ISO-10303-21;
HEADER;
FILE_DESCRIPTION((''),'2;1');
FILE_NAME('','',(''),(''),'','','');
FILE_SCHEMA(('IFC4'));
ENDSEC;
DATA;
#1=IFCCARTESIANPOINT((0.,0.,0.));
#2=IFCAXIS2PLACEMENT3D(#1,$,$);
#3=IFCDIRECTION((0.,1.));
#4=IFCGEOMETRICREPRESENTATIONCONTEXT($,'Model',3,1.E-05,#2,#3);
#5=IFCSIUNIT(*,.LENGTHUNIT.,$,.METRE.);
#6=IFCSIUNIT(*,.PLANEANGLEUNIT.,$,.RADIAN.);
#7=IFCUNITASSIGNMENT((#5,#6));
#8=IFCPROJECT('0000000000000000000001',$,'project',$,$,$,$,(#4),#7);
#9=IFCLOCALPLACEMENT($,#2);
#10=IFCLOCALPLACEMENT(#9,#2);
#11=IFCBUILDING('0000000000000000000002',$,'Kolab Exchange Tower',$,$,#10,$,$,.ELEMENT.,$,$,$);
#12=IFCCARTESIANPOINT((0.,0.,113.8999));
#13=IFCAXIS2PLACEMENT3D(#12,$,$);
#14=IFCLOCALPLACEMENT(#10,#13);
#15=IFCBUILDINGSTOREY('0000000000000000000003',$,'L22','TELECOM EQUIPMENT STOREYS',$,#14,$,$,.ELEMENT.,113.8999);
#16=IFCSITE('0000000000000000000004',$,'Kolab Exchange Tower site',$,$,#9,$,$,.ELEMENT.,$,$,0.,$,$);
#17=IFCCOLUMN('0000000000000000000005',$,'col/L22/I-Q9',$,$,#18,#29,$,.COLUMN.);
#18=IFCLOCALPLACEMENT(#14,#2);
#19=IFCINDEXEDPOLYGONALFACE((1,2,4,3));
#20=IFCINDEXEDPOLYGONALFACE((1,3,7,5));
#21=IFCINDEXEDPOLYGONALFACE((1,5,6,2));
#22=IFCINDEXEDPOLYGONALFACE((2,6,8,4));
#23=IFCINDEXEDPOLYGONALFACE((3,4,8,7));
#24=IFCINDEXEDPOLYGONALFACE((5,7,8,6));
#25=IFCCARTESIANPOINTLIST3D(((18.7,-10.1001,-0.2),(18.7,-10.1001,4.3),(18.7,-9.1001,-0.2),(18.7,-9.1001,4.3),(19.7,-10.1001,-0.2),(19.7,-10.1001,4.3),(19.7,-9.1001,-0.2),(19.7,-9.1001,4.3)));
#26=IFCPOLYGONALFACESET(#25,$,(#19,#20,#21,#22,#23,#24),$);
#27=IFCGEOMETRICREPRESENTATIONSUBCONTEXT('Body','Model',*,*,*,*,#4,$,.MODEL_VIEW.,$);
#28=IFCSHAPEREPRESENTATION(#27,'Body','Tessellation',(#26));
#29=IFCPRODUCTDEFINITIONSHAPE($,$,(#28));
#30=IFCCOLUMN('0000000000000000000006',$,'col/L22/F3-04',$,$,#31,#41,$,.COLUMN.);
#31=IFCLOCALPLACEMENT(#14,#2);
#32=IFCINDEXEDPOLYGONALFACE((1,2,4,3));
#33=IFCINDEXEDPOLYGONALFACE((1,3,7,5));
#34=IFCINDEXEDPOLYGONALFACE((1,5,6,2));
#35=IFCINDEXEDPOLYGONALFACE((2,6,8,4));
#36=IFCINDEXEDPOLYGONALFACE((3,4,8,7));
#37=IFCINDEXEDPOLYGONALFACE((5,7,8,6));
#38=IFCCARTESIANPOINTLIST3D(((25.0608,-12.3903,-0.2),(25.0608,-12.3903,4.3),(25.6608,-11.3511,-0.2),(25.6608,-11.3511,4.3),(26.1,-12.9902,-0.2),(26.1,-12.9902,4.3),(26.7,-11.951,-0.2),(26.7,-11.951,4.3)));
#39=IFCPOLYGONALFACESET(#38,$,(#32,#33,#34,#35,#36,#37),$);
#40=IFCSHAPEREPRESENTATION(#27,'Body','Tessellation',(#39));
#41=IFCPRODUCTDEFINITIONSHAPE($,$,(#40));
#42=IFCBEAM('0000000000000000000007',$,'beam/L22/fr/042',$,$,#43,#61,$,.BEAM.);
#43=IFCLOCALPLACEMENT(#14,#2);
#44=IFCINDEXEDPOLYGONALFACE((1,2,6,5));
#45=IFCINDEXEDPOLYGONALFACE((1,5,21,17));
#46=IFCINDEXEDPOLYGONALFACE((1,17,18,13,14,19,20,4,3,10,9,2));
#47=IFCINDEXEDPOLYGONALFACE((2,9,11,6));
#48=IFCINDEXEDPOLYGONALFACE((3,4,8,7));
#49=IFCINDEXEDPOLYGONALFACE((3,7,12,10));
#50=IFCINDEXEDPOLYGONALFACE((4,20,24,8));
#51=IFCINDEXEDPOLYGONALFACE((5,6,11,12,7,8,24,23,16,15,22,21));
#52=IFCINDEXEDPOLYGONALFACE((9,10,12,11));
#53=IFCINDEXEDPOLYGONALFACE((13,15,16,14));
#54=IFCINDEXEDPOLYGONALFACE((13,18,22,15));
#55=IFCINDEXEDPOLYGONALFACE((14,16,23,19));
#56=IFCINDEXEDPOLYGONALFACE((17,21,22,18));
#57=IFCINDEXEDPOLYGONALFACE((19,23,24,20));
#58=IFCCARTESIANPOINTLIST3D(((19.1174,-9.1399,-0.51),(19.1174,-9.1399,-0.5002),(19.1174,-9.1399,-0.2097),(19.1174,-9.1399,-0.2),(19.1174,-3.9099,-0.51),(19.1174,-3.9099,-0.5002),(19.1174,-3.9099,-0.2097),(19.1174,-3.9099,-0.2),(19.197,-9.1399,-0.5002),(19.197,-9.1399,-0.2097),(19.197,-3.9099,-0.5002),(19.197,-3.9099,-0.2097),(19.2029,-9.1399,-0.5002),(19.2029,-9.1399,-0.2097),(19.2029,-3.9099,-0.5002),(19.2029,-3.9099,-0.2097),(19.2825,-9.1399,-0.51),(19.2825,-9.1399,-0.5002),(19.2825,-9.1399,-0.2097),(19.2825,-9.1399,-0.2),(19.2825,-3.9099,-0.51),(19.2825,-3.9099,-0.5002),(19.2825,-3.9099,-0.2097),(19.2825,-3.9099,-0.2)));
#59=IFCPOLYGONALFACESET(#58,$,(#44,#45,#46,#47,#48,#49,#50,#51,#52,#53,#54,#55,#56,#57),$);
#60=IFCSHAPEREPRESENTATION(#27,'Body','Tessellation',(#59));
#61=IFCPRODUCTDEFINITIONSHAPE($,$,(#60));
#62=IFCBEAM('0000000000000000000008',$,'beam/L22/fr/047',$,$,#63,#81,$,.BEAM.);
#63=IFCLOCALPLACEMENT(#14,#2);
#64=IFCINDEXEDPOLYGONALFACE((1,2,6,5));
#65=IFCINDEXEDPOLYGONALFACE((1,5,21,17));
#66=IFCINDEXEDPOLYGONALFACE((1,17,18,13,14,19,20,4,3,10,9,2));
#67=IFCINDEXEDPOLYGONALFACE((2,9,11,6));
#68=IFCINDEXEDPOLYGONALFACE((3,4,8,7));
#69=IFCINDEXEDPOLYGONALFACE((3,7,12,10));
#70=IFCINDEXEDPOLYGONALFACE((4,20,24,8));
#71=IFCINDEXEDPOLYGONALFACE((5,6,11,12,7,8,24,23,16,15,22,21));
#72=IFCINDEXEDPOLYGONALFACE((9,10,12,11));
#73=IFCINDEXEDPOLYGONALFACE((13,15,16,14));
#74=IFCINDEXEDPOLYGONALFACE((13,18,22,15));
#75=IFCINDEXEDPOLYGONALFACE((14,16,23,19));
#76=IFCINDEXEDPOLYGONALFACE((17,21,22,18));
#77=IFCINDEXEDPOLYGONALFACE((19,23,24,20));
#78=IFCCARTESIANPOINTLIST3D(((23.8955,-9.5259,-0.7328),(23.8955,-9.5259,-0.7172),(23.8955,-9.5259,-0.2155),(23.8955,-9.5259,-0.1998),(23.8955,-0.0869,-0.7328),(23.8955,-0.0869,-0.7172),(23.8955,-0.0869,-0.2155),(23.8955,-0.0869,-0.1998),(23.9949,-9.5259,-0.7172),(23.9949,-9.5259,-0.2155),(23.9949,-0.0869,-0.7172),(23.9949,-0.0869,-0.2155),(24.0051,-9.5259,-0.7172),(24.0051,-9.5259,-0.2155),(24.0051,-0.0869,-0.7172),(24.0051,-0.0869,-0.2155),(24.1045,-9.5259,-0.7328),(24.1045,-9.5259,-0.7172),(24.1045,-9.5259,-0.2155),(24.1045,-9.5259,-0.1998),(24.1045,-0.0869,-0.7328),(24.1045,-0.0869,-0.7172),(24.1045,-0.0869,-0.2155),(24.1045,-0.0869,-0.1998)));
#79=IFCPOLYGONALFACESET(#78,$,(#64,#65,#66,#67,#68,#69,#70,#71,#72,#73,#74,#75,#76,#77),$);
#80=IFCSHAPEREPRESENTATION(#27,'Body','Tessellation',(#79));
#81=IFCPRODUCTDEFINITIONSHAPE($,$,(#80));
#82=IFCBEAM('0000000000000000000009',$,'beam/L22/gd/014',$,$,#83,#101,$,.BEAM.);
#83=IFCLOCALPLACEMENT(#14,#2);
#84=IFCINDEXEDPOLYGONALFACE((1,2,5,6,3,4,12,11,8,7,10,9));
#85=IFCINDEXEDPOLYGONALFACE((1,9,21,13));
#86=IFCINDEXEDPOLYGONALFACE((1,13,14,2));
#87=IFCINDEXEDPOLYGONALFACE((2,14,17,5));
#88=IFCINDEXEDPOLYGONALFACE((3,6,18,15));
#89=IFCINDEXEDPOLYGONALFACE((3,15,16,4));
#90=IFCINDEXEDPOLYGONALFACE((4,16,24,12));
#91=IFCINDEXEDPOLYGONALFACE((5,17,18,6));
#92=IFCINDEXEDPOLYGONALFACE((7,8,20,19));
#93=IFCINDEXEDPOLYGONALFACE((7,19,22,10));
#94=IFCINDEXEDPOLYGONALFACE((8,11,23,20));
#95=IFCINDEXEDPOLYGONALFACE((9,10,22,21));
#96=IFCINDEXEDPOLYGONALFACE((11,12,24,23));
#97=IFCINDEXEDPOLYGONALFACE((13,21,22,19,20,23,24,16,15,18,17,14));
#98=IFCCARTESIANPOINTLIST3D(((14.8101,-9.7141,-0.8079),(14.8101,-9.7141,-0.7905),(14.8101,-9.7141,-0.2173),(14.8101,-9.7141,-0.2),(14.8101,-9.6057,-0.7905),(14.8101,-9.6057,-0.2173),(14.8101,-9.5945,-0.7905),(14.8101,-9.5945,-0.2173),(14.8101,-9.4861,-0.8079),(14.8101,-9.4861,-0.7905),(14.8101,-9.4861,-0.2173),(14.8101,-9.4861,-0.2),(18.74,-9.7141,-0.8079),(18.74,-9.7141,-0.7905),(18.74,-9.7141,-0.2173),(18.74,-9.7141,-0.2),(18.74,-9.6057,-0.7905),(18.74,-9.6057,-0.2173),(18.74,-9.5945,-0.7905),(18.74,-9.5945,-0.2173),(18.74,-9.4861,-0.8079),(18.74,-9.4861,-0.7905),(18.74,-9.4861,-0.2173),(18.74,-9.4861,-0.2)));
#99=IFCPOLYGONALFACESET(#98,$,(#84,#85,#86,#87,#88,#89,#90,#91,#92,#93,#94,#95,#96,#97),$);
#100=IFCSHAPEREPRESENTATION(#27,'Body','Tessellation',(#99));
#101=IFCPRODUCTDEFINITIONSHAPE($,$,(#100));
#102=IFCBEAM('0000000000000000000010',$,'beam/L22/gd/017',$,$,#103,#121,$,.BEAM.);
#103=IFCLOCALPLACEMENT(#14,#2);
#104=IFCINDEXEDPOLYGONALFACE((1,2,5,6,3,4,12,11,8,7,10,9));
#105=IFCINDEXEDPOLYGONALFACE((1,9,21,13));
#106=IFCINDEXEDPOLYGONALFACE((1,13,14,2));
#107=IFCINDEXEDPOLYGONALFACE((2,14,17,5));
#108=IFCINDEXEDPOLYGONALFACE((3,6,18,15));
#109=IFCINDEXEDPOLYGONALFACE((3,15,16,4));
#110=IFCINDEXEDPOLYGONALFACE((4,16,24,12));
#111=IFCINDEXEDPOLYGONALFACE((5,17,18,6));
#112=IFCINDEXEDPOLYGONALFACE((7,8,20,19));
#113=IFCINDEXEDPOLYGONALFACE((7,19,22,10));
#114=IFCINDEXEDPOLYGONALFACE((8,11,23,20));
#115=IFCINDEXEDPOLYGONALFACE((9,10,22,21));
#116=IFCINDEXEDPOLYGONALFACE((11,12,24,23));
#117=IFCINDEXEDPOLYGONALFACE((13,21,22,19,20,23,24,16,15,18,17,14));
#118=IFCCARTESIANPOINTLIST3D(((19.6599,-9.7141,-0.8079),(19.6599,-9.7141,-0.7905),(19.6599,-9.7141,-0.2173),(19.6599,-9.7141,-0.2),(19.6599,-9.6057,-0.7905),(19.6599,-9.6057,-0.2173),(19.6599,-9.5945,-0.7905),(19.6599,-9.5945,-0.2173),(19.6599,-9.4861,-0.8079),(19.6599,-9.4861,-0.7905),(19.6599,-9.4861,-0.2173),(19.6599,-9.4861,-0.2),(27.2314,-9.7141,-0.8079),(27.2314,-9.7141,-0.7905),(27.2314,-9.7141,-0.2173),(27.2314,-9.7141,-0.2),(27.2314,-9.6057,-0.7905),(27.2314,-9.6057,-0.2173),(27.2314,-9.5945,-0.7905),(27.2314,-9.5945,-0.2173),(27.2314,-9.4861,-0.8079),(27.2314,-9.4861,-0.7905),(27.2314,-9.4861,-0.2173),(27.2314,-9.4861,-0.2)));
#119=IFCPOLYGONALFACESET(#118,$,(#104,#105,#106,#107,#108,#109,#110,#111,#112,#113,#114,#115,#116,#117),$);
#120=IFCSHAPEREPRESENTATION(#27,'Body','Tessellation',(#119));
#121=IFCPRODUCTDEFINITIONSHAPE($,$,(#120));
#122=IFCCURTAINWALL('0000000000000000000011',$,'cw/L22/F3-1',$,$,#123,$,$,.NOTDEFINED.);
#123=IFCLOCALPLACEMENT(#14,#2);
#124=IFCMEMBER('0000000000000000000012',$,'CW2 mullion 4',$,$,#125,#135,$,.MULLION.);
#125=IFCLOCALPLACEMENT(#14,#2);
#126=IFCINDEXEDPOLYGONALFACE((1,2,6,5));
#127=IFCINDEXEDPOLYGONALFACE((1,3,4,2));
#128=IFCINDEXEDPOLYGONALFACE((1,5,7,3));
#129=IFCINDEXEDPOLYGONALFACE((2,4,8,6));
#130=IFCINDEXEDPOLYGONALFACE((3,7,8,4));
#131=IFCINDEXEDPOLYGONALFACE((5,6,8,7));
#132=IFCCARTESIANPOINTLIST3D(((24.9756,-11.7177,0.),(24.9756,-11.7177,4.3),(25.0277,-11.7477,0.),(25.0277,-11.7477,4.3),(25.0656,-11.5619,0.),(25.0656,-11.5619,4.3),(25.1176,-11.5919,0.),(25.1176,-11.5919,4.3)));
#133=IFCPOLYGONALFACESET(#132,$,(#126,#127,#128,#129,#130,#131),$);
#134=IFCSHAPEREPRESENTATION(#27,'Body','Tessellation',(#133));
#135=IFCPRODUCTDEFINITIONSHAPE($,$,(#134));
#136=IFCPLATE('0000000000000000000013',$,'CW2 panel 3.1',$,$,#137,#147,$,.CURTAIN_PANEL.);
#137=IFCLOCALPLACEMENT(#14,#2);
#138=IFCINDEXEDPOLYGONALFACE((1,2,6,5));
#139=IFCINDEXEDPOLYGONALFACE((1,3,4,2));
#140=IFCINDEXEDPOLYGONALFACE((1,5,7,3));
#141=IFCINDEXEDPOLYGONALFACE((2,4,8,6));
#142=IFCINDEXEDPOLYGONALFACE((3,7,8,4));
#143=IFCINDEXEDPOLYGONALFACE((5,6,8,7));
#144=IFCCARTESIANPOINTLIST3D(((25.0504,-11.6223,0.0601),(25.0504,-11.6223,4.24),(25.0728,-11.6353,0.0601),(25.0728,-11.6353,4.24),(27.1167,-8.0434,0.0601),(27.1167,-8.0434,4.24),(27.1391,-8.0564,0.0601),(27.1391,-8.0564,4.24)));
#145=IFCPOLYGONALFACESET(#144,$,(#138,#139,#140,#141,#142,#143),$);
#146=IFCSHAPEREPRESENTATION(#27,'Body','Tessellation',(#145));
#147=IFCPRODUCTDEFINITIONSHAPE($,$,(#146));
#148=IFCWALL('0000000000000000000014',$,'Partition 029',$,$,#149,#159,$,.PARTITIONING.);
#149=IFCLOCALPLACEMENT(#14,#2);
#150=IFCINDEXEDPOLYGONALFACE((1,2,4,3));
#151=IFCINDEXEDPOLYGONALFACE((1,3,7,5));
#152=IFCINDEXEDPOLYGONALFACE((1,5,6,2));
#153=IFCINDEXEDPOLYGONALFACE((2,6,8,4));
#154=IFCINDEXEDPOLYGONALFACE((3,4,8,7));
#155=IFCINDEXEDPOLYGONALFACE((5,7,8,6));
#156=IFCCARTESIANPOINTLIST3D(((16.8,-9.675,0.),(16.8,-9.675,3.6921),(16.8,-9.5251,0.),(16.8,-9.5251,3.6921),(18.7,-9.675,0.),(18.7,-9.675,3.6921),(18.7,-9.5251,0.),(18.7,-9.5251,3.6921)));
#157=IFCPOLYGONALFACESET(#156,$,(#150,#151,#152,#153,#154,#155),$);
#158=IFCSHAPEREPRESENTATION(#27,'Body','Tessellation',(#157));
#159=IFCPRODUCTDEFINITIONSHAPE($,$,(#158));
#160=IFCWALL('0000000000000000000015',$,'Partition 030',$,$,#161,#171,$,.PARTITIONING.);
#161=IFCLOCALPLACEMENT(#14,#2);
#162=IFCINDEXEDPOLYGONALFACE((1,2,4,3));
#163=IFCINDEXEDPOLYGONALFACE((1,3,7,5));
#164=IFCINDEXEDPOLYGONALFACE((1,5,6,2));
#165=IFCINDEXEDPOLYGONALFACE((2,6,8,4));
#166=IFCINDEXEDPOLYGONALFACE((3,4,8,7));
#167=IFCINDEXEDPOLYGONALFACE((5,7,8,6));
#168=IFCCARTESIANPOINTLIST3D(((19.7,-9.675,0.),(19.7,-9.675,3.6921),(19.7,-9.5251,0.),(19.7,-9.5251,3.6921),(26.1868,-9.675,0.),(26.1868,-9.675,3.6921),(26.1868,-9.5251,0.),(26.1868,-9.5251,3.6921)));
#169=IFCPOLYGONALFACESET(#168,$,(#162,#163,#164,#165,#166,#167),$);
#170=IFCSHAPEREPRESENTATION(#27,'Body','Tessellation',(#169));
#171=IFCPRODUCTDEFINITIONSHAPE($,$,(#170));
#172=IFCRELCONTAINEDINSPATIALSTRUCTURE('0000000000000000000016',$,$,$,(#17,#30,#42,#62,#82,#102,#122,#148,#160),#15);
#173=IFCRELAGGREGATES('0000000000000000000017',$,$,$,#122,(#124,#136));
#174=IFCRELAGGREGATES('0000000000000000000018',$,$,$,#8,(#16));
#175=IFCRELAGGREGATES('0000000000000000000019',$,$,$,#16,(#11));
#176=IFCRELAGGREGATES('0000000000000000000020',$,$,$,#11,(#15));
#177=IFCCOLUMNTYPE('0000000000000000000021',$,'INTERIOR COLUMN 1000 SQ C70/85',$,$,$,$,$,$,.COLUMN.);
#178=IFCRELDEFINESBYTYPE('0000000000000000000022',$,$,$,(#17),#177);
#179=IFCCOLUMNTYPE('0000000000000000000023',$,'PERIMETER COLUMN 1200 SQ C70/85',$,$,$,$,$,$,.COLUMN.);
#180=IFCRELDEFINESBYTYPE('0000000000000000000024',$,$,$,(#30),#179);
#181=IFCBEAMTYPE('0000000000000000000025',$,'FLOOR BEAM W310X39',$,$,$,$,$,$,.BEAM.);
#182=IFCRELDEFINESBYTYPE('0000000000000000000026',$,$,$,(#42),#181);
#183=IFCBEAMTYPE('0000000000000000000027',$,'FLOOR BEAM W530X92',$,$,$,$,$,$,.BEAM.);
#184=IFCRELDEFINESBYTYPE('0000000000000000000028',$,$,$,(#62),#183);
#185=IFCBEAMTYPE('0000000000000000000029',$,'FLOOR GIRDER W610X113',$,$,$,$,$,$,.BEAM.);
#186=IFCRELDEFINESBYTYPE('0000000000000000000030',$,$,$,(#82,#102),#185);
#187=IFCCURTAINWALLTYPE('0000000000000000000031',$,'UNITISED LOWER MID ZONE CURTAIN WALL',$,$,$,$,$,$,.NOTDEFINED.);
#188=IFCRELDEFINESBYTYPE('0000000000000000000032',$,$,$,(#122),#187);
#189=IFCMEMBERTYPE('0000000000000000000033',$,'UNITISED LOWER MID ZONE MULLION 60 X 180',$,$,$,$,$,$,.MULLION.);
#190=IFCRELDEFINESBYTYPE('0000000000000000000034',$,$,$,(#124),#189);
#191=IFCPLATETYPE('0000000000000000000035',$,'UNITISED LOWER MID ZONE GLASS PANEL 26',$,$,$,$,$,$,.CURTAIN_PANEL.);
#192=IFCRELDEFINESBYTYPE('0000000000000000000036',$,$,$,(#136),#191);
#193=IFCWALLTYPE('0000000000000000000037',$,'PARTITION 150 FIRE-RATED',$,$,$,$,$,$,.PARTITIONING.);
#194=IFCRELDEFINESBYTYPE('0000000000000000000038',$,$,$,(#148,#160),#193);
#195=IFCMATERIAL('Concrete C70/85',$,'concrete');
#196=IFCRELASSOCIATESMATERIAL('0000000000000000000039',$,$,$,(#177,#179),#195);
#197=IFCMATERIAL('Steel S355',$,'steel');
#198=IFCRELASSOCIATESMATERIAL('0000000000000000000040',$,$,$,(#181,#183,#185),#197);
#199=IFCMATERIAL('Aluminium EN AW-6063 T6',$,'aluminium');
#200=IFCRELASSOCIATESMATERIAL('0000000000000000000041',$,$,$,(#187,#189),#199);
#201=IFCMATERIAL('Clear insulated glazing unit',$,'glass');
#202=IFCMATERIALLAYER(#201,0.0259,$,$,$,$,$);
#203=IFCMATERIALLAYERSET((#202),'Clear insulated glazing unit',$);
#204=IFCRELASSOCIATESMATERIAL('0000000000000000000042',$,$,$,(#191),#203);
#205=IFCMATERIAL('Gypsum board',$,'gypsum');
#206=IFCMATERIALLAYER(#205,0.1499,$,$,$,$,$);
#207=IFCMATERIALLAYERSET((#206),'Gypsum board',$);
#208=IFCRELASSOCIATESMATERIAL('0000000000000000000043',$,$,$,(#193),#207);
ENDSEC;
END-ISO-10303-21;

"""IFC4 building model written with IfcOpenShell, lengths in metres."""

from ifc_helpers import new_model, si_unit, direction, frame, frame_2d, origin, origin_2d, place, context, subcontext, project, spatial, rectangle, i_section, extrude, material, layer, layer_set, material_profile, profile_set, type_object, element, aggregate, save


model = new_model("IFC4")

# Units and contexts
model_context = context("Model", 3, precision=1e-05, world=origin(), true_north=direction((0.0, 1.0)))
body_context = subcontext(model_context, "Body", "Model", "MODEL_VIEW")
ifc_project = project(units=[si_unit("LENGTHUNIT", "METRE"), si_unit("PLANEANGLEUNIT", "RADIAN")], contexts=[model_context])

# Site, building, storey
site_placement = place(None, origin())
site = spatial("IfcSite", under=ifc_project, at=site_placement, Name="Kolab Exchange Tower site", CompositionType="ELEMENT", RefElevation=0.0)
building_placement = place(site_placement, origin())
building = spatial("IfcBuilding", under=site, at=building_placement, Name="Kolab Exchange Tower", CompositionType="ELEMENT")
storey_placement = place(building_placement, frame((0.0, 0.0, 113.8999)))
storey = spatial("IfcBuildingStorey", under=building, at=storey_placement, Name="L22", Description="TELECOM EQUIPMENT STOREYS", CompositionType="ELEMENT", Elevation=113.8999)

# Columns
ifc_material_1 = material(Name="Concrete C70/85", Category="concrete")
ifc_material_profile_1 = material_profile(ifc_material_1, rectangle(XDim=1.0, YDim=1.0, at=origin_2d()), Name="RC1000")
ifc_profile_set_1 = profile_set([ifc_material_profile_1], Name="Concrete C70/85")
column_type_1 = type_object("IfcColumnType", Name="INTERIOR COLUMN 1000 SQ C70/85", PredefinedType="COLUMN", material=ifc_profile_set_1)
column_1_placement = place(storey_placement, frame((19.2, -9.6001, -0.2), z_axis=(0.0, 0.0, 1.0), x_axis=(1.0, 0.0, 0.0)))
element("IfcColumn", 1, at=column_1_placement, inside=storey, type_object=column_type_1, Name="col/L22/I-Q9", PredefinedType="COLUMN", context=body_context, shape_type="SweptSolid", body=[
    extrude(rectangle(XDim=1.0, YDim=1.0, at=origin_2d()), origin(), (0.0, 0.0, 1.0), 4.5),
])
ifc_material_profile_2 = material_profile(ifc_material_1, rectangle(XDim=1.2, YDim=1.2, at=origin_2d()), Name="RC1200")
ifc_profile_set_2 = profile_set([ifc_material_profile_2], Name="Concrete C70/85")
column_type_2 = type_object("IfcColumnType", Name="PERIMETER COLUMN 1200 SQ C70/85", PredefinedType="COLUMN", material=ifc_profile_set_2)
column_2_placement = place(storey_placement, frame((25.8804, -12.1707, -0.2), z_axis=(0.0, 0.0, 1.0), x_axis=(0.5, 0.866025, 0.0)))
element("IfcColumn", 2, at=column_2_placement, inside=storey, type_object=column_type_2, Name="col/L22/F3-04", PredefinedType="COLUMN", context=body_context, shape_type="SweptSolid", body=[
    extrude(rectangle(XDim=1.2, YDim=1.2, at=origin_2d()), origin(), (0.0, 0.0, 1.0), 4.5),
])

# Beams
ifc_material_2 = material(Name="Steel S355", Category="steel")
ifc_material_profile_3 = material_profile(ifc_material_2, i_section(OverallWidth=0.165, OverallDepth=0.3101, WebThickness=0.0059, FlangeThickness=0.0098, at=origin_2d()), Name="W310X39")
ifc_profile_set_3 = profile_set([ifc_material_profile_3], Name="Steel S355")
beam_type_1 = type_object("IfcBeamType", Name="FLOOR BEAM W310X39", PredefinedType="BEAM", material=ifc_profile_set_3)
beam_1_placement = place(storey_placement, frame((19.2, -9.1399, -0.355), z_axis=(0.0, 1.0, 0.0), x_axis=(-1.0, 0.0, 0.0)))
element("IfcBeam", 3, at=beam_1_placement, inside=storey, type_object=beam_type_1, Name="beam/L22/fr/042", PredefinedType="BEAM", context=body_context, shape_type="SweptSolid", body=[
    extrude(i_section(OverallWidth=0.165, OverallDepth=0.3101, WebThickness=0.0059, FlangeThickness=0.0098, at=origin_2d()), origin(), (0.0, 0.0, 1.0), 5.23),
])
ifc_material_profile_4 = material_profile(ifc_material_2, i_section(OverallWidth=0.209, OverallDepth=0.533, WebThickness=0.0103, FlangeThickness=0.0156, at=origin_2d()), Name="W530X92")
ifc_profile_set_4 = profile_set([ifc_material_profile_4], Name="Steel S355")
beam_type_2 = type_object("IfcBeamType", Name="FLOOR BEAM W530X92", PredefinedType="BEAM", material=ifc_profile_set_4)
beam_2_placement = place(storey_placement, frame((24.0, -9.5259, -0.4663), z_axis=(0.0, 1.0, 0.0), x_axis=(-1.0, 0.0, 0.0)))
element("IfcBeam", 4, at=beam_2_placement, inside=storey, type_object=beam_type_2, Name="beam/L22/fr/047", PredefinedType="BEAM", context=body_context, shape_type="SweptSolid", body=[
    extrude(i_section(OverallWidth=0.209, OverallDepth=0.533, WebThickness=0.0103, FlangeThickness=0.0156, at=origin_2d()), origin(), (0.0, 0.0, 1.0), 9.439),
])
ifc_material_profile_5 = material_profile(ifc_material_2, i_section(OverallWidth=0.228, OverallDepth=0.6079, WebThickness=0.0112, FlangeThickness=0.0173, at=origin_2d()), Name="W610X113")
ifc_profile_set_5 = profile_set([ifc_material_profile_5], Name="Steel S355")
beam_type_3 = type_object("IfcBeamType", Name="FLOOR GIRDER W610X113", PredefinedType="BEAM", material=ifc_profile_set_5)
beam_3_placement = place(storey_placement, frame((14.8101, -9.6001, -0.5039), z_axis=(1.0, 0.0, 0.0), x_axis=(0.0, 1.0, 0.0)))
element("IfcBeam", 5, at=beam_3_placement, inside=storey, type_object=beam_type_3, Name="beam/L22/gd/014", PredefinedType="BEAM", context=body_context, shape_type="SweptSolid", body=[
    extrude(i_section(OverallWidth=0.228, OverallDepth=0.6079, WebThickness=0.0112, FlangeThickness=0.0173, at=origin_2d()), origin(), (0.0, 0.0, 1.0), 3.9299),
])
beam_4_placement = place(storey_placement, frame((19.6599, -9.6001, -0.5039), z_axis=(1.0, 0.0, 0.0), x_axis=(0.0, 1.0, 0.0)))
element("IfcBeam", 6, at=beam_4_placement, inside=storey, type_object=beam_type_3, Name="beam/L22/gd/017", PredefinedType="BEAM", context=body_context, shape_type="SweptSolid", body=[
    extrude(i_section(OverallWidth=0.228, OverallDepth=0.6079, WebThickness=0.0112, FlangeThickness=0.0173, at=origin_2d()), origin(), (0.0, 0.0, 1.0), 7.5715),
])

# Curtain wall, member, plate
ifc_material_3 = material(Name="Aluminium EN AW-6063 T6", Category="aluminium")
curtain_wall_type = type_object("IfcCurtainWallType", Name="UNITISED LOWER MID ZONE CURTAIN WALL", PredefinedType="NOTDEFINED", material=ifc_material_3)
curtain_wall_placement = place(storey_placement, origin())
curtain_wall = element("IfcCurtainWall", 7, at=curtain_wall_placement, inside=storey, type_object=curtain_wall_type, Name="cw/L22/F3-1", PredefinedType="NOTDEFINED")
ifc_material_profile_6 = material_profile(ifc_material_3, rectangle(XDim=0.0601, YDim=0.1799, at=origin_2d()), Name="RECT 60X180")
ifc_profile_set_6 = profile_set([ifc_material_profile_6], Name="Aluminium EN AW-6063 T6")
member_type = type_object("IfcMemberType", Name="UNITISED LOWER MID ZONE MULLION 60 X 180", PredefinedType="MULLION", material=ifc_profile_set_6)
member_placement = place(storey_placement, frame((25.0466, -11.6548, 0.0), z_axis=(0.0, 0.0, 1.0), x_axis=(0.866025, -0.5, 0.0)))
member = element("IfcMember", 8, at=member_placement, type_object=member_type, Name="CW2 mullion 4", PredefinedType="MULLION", context=body_context, shape_type="SweptSolid", body=[
    extrude(rectangle(XDim=0.0601, YDim=0.1799, at=origin_2d()), origin(), (0.0, 0.0, 1.0), 4.3),
])
ifc_material_4 = material(Name="Clear insulated glazing unit", Category="glass")
ifc_layer_1 = layer(ifc_material_4, 0.0259)
ifc_layer_set_1 = layer_set([ifc_layer_1], Name="Clear insulated glazing unit")
plate_type = type_object("IfcPlateType", Name="UNITISED LOWER MID ZONE GLASS PANEL 26", PredefinedType="CURTAIN_PANEL", material=ifc_layer_set_1)
plate_placement = place(storey_placement, frame((26.0947, -9.8394, 0.0601), z_axis=(0.0, 0.0, 1.0), x_axis=(-0.5, -0.866025, 0.0)))
plate = element("IfcPlate", 9, at=plate_placement, type_object=plate_type, Name="CW2 panel 3.1", PredefinedType="CURTAIN_PANEL", context=body_context, shape_type="SweptSolid", body=[
    extrude(rectangle(XDim=4.1326, YDim=0.0259, at=origin_2d()), origin(), (0.0, 0.0, 1.0), 4.1799),
])
aggregate(curtain_wall, [member, plate])

# Walls
ifc_material_5 = material(Name="Gypsum board", Category="gypsum")
ifc_layer_2 = layer(ifc_material_5, 0.1499)
ifc_layer_set_2 = layer_set([ifc_layer_2], Name="Gypsum board")
wall_type_1 = type_object("IfcWallType", Name="PARTITION 150 FIRE-RATED", PredefinedType="PARTITIONING", material=ifc_layer_set_2)
wall_1_placement = place(storey_placement, frame((16.8, -9.6001, 0.0), z_axis=(0.0, 0.0, 1.0), x_axis=(1.0, 0.0, 0.0)))
element("IfcWall", 10, at=wall_1_placement, inside=storey, type_object=wall_type_1, Name="Partition 029", PredefinedType="PARTITIONING", context=body_context, shape_type="SweptSolid", body=[
    extrude(rectangle(XDim=1.8999, YDim=0.1499, at=frame_2d((0.95, 0.0))), origin(), (0.0, 0.0, 1.0), 3.6921),
])
wall_2_placement = place(storey_placement, frame((19.7, -9.6001, 0.0), z_axis=(0.0, 0.0, 1.0), x_axis=(1.0, 0.0, 0.0)))
element("IfcWall", 11, at=wall_2_placement, inside=storey, type_object=wall_type_1, Name="Partition 030", PredefinedType="PARTITIONING", context=body_context, shape_type="SweptSolid", body=[
    extrude(rectangle(XDim=6.4868, YDim=0.1499, at=frame_2d((3.2434, 0.0))), origin(), (0.0, 0.0, 1.0), 3.6921),
])

save(model, "model.ifc")
